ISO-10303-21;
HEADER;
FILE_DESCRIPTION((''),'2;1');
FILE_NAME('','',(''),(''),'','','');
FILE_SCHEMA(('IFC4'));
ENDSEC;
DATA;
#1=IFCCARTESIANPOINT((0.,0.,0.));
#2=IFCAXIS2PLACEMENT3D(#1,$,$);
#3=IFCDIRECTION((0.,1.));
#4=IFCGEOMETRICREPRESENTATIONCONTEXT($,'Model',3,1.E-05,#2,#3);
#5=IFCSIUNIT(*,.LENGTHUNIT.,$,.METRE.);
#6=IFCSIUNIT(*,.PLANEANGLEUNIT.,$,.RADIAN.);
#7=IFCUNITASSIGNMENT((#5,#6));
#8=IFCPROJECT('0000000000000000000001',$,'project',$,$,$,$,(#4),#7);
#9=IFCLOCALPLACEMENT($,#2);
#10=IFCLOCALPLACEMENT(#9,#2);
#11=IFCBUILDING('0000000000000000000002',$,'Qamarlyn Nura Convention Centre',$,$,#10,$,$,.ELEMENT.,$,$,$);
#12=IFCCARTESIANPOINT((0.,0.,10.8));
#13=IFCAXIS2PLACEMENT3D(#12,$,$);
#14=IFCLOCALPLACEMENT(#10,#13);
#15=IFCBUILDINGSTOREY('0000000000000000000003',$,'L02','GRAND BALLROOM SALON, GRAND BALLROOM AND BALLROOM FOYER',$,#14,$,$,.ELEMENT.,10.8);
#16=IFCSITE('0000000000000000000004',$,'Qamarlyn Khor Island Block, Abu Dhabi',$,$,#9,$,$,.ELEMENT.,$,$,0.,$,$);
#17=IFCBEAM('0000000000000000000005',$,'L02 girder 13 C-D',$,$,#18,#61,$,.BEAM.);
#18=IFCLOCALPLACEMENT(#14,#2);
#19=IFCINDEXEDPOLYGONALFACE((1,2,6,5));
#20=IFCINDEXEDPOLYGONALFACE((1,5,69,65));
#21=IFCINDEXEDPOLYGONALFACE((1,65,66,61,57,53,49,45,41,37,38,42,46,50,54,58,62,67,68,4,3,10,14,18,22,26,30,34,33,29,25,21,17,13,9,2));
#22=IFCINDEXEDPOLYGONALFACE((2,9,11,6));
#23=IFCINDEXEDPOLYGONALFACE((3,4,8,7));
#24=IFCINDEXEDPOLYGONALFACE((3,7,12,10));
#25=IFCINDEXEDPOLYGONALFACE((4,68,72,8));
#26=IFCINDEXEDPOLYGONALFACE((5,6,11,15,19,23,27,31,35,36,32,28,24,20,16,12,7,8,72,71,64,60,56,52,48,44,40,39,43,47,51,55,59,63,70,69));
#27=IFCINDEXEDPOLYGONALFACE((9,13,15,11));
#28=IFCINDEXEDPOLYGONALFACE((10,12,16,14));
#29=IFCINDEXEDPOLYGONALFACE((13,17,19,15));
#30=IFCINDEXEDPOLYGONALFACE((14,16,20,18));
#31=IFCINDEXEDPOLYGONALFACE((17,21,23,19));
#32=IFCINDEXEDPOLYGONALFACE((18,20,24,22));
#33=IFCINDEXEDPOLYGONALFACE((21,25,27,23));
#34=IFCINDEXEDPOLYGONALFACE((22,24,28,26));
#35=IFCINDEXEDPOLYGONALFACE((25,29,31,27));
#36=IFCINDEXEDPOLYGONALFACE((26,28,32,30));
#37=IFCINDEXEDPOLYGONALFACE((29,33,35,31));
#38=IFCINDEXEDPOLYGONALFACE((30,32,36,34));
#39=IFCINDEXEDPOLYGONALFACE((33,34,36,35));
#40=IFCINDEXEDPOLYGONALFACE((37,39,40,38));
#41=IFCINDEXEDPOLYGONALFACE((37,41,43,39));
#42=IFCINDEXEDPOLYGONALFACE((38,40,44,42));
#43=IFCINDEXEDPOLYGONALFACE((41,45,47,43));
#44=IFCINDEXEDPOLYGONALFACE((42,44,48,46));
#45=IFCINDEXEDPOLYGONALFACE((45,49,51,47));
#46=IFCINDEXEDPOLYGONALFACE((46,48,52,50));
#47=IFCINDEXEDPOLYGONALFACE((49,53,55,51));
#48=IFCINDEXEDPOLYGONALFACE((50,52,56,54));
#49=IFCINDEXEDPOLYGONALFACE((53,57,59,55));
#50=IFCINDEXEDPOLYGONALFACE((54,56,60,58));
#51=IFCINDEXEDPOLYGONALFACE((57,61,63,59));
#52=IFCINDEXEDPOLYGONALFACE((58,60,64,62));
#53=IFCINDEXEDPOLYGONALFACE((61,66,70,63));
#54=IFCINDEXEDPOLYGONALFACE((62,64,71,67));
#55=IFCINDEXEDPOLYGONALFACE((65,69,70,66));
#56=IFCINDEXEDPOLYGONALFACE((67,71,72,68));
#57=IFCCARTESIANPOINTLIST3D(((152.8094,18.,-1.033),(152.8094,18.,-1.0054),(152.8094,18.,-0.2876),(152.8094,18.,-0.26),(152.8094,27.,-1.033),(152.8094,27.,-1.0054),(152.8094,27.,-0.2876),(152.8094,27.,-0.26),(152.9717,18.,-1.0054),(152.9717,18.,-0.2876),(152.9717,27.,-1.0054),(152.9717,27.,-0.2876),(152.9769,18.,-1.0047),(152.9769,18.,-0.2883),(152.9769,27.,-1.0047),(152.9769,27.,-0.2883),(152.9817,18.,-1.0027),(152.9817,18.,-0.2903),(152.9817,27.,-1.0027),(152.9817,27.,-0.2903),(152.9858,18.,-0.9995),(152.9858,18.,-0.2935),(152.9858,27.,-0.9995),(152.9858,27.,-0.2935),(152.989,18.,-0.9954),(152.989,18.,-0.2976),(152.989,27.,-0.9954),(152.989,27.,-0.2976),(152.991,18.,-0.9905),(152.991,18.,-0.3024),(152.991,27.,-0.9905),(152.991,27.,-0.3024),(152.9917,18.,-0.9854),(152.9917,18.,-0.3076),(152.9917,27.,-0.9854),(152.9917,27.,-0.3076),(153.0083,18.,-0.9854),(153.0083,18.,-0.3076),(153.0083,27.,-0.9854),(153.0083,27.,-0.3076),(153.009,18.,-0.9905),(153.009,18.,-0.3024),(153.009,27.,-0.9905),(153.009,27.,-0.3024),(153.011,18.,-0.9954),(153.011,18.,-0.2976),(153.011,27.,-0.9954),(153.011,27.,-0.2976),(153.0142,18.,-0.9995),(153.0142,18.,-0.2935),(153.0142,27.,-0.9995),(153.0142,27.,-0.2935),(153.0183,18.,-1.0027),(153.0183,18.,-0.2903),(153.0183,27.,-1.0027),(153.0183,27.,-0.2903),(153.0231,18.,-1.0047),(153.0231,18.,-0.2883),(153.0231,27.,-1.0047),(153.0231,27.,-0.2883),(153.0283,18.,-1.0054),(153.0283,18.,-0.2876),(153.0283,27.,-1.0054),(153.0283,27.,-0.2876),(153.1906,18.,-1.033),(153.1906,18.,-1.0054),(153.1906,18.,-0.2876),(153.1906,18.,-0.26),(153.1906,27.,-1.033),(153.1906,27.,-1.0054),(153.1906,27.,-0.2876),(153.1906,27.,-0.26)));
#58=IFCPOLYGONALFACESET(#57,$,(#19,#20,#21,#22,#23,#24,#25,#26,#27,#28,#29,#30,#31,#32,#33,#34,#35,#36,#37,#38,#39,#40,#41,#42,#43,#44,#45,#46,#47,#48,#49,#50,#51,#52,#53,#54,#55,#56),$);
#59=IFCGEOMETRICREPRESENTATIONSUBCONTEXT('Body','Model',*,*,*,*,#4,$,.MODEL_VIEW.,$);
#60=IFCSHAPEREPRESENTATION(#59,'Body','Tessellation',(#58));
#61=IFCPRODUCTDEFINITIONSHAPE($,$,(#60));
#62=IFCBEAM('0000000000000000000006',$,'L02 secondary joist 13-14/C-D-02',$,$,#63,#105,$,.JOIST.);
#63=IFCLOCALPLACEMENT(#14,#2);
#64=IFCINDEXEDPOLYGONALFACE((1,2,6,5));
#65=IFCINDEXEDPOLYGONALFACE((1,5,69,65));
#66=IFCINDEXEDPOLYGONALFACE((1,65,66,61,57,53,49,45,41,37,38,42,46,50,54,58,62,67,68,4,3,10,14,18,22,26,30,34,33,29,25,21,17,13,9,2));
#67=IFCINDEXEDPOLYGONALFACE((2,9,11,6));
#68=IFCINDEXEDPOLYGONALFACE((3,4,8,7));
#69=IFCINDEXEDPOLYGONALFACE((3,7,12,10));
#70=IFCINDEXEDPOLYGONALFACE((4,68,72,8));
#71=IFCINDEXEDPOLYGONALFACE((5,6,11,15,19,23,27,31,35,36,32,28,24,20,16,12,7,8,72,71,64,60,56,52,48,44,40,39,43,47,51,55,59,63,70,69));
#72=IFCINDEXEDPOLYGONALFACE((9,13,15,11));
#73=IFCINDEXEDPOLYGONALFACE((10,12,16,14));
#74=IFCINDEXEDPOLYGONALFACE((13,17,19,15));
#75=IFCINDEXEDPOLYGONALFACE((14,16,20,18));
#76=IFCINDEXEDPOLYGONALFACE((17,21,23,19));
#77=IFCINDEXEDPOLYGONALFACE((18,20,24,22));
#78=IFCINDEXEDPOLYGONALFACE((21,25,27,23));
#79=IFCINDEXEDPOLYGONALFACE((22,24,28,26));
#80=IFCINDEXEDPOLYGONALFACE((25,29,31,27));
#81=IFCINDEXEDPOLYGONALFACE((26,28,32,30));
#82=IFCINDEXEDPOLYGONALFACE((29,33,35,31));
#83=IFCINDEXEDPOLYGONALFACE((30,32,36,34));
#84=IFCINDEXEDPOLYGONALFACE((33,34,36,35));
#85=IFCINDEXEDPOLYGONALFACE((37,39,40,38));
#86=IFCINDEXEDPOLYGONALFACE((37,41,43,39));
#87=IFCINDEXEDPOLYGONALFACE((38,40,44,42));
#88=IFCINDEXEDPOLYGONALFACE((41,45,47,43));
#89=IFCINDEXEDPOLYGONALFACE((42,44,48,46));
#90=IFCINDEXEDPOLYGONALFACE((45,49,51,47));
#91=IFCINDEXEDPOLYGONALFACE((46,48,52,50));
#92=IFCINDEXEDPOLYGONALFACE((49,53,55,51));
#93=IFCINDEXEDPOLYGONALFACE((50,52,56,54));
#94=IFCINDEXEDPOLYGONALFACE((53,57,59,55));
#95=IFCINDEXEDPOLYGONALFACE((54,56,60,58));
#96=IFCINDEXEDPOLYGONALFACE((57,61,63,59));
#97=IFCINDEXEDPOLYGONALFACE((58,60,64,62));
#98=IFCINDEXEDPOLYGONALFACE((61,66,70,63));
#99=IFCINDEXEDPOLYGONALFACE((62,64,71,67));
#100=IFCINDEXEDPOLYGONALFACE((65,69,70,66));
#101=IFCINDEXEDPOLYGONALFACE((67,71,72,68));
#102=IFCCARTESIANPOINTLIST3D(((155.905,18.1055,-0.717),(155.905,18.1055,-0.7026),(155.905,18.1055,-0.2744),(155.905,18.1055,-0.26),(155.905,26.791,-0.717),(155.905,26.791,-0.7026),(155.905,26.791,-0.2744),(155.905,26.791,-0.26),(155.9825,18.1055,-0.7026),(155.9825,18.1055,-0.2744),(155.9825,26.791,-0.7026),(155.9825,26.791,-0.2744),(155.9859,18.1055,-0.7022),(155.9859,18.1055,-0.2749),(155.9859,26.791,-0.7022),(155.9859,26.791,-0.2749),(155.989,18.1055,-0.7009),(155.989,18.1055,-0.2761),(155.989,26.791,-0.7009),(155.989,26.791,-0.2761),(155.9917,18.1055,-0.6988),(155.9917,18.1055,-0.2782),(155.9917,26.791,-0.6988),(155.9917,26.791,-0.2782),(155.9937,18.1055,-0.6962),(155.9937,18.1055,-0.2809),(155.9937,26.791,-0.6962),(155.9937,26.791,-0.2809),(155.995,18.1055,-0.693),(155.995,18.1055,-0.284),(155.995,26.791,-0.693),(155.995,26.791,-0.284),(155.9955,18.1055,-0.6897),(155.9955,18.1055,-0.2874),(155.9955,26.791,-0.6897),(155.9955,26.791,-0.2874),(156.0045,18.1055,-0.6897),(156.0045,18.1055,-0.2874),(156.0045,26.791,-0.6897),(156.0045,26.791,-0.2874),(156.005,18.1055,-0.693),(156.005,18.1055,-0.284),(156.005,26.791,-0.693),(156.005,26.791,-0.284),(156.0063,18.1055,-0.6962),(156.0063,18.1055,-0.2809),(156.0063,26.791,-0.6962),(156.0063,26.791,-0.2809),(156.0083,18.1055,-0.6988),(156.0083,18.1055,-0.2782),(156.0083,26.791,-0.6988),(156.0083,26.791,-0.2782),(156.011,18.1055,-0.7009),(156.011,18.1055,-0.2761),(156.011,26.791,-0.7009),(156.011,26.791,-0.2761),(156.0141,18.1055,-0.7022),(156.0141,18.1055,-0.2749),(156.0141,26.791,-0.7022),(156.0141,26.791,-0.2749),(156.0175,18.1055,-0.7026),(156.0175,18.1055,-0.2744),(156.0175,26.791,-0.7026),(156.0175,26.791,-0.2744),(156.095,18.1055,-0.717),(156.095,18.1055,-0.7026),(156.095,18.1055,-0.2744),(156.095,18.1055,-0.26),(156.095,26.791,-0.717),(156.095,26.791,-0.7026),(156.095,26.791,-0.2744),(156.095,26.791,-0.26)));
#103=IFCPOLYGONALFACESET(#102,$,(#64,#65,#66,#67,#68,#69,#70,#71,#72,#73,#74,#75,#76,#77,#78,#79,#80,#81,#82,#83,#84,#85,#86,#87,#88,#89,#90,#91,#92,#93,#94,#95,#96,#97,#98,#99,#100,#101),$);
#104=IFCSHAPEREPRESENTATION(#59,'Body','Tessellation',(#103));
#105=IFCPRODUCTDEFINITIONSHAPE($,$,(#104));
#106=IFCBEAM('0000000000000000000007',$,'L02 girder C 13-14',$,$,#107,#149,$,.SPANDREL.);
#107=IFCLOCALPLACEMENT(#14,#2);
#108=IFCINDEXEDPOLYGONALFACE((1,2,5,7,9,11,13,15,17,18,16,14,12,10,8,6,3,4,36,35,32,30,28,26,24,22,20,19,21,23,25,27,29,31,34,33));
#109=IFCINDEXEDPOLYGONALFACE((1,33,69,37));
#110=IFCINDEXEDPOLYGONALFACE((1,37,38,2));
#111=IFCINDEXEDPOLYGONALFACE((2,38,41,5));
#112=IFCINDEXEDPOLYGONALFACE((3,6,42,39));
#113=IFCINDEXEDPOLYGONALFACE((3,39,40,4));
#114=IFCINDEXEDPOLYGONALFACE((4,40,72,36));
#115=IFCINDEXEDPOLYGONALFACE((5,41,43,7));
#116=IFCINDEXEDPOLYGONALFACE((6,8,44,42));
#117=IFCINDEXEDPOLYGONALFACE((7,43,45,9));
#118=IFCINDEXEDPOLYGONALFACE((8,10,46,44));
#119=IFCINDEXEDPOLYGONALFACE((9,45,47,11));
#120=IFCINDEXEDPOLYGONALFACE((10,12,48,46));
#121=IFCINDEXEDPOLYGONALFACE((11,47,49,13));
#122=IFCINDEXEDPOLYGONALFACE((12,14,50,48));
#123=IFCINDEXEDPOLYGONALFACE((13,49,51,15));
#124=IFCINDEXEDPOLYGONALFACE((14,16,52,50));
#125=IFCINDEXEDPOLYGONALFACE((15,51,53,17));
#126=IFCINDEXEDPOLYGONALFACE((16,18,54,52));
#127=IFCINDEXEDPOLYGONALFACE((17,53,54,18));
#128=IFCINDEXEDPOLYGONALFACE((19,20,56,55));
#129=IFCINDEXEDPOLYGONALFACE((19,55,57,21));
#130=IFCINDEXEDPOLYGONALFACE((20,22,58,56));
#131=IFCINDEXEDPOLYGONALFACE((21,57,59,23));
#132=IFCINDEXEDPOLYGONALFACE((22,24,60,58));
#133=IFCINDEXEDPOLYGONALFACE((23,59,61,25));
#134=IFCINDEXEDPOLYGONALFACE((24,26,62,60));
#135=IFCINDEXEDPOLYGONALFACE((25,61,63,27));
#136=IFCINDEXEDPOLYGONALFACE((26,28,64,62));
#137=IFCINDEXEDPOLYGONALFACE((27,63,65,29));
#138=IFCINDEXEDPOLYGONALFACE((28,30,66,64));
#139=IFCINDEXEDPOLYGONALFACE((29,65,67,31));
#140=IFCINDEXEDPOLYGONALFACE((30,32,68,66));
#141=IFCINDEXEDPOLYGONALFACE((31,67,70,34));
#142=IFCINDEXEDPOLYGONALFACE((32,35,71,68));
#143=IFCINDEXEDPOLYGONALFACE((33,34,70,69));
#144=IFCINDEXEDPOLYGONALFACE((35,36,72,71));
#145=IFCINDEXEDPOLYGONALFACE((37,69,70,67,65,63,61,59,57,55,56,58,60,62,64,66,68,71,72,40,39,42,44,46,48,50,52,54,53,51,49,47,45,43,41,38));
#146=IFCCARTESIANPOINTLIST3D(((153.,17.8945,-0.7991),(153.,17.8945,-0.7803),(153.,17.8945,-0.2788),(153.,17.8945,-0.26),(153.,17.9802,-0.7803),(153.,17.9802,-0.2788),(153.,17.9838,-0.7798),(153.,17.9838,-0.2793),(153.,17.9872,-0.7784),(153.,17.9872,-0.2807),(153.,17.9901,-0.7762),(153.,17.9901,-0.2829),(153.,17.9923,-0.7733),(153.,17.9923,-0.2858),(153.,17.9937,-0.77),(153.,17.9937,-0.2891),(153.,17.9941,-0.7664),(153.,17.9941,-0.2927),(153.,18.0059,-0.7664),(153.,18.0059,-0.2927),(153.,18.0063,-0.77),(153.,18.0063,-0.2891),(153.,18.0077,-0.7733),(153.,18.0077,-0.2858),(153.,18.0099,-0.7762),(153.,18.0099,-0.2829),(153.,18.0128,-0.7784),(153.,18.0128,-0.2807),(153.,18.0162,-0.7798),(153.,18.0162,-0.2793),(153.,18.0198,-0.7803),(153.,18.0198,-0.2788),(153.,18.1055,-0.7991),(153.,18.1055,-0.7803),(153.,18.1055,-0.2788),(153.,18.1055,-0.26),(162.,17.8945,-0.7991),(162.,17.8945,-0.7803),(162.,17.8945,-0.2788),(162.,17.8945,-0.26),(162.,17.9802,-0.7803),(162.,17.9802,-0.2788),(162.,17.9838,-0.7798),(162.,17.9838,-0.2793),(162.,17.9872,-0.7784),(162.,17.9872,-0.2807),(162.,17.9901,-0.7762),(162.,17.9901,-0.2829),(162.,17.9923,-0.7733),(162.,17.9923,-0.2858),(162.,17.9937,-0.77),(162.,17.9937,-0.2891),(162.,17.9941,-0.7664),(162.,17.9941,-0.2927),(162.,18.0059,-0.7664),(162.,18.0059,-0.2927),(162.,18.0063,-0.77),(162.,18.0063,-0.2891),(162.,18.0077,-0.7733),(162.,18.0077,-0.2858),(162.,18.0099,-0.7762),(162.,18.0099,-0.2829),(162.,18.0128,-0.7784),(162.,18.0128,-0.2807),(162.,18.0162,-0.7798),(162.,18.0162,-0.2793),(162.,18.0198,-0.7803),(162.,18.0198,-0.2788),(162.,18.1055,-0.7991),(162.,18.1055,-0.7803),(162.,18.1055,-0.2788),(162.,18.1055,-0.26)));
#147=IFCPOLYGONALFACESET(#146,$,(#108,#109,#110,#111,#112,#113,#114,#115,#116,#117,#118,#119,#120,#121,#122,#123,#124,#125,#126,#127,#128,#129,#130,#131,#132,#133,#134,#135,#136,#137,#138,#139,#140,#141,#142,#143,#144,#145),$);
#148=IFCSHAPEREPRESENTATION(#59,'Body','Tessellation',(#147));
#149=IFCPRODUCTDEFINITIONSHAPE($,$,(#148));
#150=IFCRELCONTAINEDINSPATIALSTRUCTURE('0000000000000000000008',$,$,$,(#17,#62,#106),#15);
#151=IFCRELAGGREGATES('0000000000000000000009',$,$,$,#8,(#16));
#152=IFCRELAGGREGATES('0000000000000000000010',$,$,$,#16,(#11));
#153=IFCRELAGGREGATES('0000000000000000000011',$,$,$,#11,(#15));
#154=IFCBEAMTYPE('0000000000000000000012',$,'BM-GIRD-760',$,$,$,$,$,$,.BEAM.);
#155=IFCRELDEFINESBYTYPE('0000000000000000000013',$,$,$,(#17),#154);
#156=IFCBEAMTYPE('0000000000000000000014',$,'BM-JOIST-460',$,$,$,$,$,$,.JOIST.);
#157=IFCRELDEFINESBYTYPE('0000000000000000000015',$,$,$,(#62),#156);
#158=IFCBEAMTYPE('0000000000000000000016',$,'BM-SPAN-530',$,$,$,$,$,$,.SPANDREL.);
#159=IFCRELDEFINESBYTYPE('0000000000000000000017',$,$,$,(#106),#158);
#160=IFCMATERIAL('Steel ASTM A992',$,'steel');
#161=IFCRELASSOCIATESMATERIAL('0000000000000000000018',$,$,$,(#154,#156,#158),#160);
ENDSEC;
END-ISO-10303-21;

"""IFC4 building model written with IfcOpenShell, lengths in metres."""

from ifc_helpers import new_model, si_unit, direction, frame, origin, origin_2d, place, context, subcontext, project, spatial, i_section, extrude, material, material_profile, profile_set, type_object, element, save


model = new_model("IFC4")

# Units and contexts
model_context = context("Model", 3, precision=1e-05, world=origin(), true_north=direction((0.0, 1.0)))
body_context = subcontext(model_context, "Body", "Model", "MODEL_VIEW")
ifc_project = project(units=[si_unit("LENGTHUNIT", "METRE"), si_unit("PLANEANGLEUNIT", "RADIAN")], contexts=[model_context])

# Site, building, storey
site_placement = place(None, origin())
site = spatial("IfcSite", under=ifc_project, at=site_placement, Name="Qamarlyn Khor Island Block, Abu Dhabi", CompositionType="ELEMENT", RefElevation=0.0)
building_placement = place(site_placement, origin())
building = spatial("IfcBuilding", under=site, at=building_placement, Name="Qamarlyn Nura Convention Centre", CompositionType="ELEMENT")
storey_placement = place(building_placement, frame((0.0, 0.0, 10.8)))
storey = spatial("IfcBuildingStorey", under=building, at=storey_placement, Name="L02", Description="GRAND BALLROOM SALON, GRAND BALLROOM AND BALLROOM FOYER", CompositionType="ELEMENT", Elevation=10.8)

# Shared definitions
ifc_material_1 = material(Name="Steel ASTM A992", Category="steel")

# Beams
ifc_material_profile_1 = material_profile(ifc_material_1, i_section(OverallWidth=0.3811, OverallDepth=0.7729, WebThickness=0.0166, FlangeThickness=0.0276, FilletRadius=0.02, at=origin_2d()), Name="W760X257")
ifc_profile_set_1 = profile_set([ifc_material_profile_1], Name="Steel ASTM A992")
beam_type_1 = type_object("IfcBeamType", Name="BM-GIRD-760", PredefinedType="BEAM", material=ifc_profile_set_1)
beam_1_placement = place(storey_placement, frame((153.0, 18.0, -0.6465), z_axis=(0.0, 1.0, 0.0), x_axis=(-1.0, 0.0, 0.0)))
element("IfcBeam", 1, at=beam_1_placement, inside=storey, type_object=beam_type_1, Name="L02 girder 13 C-D", PredefinedType="BEAM", context=body_context, shape_type="SweptSolid", body=[
    extrude(i_section(OverallWidth=0.3811, OverallDepth=0.7729, WebThickness=0.0166, FlangeThickness=0.0276, FilletRadius=0.02, at=origin_2d()), origin(), (0.0, 0.0, 1.0), 9.0),
])
ifc_material_profile_2 = material_profile(ifc_material_1, i_section(OverallWidth=0.1899, OverallDepth=0.457, WebThickness=0.009, FlangeThickness=0.0144, FilletRadius=0.0129, at=origin_2d()), Name="W460X74")
ifc_profile_set_2 = profile_set([ifc_material_profile_2], Name="Steel ASTM A992")
beam_type_2 = type_object("IfcBeamType", Name="BM-JOIST-460", PredefinedType="JOIST", material=ifc_profile_set_2)
beam_2_placement = place(storey_placement, frame((156.0, 18.1055, -0.4885), z_axis=(0.0, 1.0, 0.0), x_axis=(-1.0, 0.0, 0.0)))
element("IfcBeam", 2, at=beam_2_placement, inside=storey, type_object=beam_type_2, Name="L02 secondary joist 13-14/C-D-02", PredefinedType="JOIST", context=body_context, shape_type="SweptSolid", body=[
    extrude(i_section(OverallWidth=0.1899, OverallDepth=0.457, WebThickness=0.009, FlangeThickness=0.0144, FilletRadius=0.0129, at=origin_2d()), origin(), (0.0, 0.0, 1.0), 8.6855),
])
ifc_material_profile_3 = material_profile(ifc_material_1, i_section(OverallWidth=0.2109, OverallDepth=0.5391, WebThickness=0.0117, FlangeThickness=0.0188, FilletRadius=0.0139, at=origin_2d()), Name="W530X109")
ifc_profile_set_3 = profile_set([ifc_material_profile_3], Name="Steel ASTM A992")
beam_type_3 = type_object("IfcBeamType", Name="BM-SPAN-530", PredefinedType="SPANDREL", material=ifc_profile_set_3)
beam_3_placement = place(storey_placement, frame((153.0, 18.0, -0.5295), z_axis=(1.0, 0.0, 0.0), x_axis=(0.0, 1.0, 0.0)))
element("IfcBeam", 3, at=beam_3_placement, inside=storey, type_object=beam_type_3, Name="L02 girder C 13-14", PredefinedType="SPANDREL", context=body_context, shape_type="SweptSolid", body=[
    extrude(i_section(OverallWidth=0.2109, OverallDepth=0.5391, WebThickness=0.0117, FlangeThickness=0.0188, FilletRadius=0.0139, at=origin_2d()), origin(), (0.0, 0.0, 1.0), 9.0),
])

save(model, "model.ifc")
